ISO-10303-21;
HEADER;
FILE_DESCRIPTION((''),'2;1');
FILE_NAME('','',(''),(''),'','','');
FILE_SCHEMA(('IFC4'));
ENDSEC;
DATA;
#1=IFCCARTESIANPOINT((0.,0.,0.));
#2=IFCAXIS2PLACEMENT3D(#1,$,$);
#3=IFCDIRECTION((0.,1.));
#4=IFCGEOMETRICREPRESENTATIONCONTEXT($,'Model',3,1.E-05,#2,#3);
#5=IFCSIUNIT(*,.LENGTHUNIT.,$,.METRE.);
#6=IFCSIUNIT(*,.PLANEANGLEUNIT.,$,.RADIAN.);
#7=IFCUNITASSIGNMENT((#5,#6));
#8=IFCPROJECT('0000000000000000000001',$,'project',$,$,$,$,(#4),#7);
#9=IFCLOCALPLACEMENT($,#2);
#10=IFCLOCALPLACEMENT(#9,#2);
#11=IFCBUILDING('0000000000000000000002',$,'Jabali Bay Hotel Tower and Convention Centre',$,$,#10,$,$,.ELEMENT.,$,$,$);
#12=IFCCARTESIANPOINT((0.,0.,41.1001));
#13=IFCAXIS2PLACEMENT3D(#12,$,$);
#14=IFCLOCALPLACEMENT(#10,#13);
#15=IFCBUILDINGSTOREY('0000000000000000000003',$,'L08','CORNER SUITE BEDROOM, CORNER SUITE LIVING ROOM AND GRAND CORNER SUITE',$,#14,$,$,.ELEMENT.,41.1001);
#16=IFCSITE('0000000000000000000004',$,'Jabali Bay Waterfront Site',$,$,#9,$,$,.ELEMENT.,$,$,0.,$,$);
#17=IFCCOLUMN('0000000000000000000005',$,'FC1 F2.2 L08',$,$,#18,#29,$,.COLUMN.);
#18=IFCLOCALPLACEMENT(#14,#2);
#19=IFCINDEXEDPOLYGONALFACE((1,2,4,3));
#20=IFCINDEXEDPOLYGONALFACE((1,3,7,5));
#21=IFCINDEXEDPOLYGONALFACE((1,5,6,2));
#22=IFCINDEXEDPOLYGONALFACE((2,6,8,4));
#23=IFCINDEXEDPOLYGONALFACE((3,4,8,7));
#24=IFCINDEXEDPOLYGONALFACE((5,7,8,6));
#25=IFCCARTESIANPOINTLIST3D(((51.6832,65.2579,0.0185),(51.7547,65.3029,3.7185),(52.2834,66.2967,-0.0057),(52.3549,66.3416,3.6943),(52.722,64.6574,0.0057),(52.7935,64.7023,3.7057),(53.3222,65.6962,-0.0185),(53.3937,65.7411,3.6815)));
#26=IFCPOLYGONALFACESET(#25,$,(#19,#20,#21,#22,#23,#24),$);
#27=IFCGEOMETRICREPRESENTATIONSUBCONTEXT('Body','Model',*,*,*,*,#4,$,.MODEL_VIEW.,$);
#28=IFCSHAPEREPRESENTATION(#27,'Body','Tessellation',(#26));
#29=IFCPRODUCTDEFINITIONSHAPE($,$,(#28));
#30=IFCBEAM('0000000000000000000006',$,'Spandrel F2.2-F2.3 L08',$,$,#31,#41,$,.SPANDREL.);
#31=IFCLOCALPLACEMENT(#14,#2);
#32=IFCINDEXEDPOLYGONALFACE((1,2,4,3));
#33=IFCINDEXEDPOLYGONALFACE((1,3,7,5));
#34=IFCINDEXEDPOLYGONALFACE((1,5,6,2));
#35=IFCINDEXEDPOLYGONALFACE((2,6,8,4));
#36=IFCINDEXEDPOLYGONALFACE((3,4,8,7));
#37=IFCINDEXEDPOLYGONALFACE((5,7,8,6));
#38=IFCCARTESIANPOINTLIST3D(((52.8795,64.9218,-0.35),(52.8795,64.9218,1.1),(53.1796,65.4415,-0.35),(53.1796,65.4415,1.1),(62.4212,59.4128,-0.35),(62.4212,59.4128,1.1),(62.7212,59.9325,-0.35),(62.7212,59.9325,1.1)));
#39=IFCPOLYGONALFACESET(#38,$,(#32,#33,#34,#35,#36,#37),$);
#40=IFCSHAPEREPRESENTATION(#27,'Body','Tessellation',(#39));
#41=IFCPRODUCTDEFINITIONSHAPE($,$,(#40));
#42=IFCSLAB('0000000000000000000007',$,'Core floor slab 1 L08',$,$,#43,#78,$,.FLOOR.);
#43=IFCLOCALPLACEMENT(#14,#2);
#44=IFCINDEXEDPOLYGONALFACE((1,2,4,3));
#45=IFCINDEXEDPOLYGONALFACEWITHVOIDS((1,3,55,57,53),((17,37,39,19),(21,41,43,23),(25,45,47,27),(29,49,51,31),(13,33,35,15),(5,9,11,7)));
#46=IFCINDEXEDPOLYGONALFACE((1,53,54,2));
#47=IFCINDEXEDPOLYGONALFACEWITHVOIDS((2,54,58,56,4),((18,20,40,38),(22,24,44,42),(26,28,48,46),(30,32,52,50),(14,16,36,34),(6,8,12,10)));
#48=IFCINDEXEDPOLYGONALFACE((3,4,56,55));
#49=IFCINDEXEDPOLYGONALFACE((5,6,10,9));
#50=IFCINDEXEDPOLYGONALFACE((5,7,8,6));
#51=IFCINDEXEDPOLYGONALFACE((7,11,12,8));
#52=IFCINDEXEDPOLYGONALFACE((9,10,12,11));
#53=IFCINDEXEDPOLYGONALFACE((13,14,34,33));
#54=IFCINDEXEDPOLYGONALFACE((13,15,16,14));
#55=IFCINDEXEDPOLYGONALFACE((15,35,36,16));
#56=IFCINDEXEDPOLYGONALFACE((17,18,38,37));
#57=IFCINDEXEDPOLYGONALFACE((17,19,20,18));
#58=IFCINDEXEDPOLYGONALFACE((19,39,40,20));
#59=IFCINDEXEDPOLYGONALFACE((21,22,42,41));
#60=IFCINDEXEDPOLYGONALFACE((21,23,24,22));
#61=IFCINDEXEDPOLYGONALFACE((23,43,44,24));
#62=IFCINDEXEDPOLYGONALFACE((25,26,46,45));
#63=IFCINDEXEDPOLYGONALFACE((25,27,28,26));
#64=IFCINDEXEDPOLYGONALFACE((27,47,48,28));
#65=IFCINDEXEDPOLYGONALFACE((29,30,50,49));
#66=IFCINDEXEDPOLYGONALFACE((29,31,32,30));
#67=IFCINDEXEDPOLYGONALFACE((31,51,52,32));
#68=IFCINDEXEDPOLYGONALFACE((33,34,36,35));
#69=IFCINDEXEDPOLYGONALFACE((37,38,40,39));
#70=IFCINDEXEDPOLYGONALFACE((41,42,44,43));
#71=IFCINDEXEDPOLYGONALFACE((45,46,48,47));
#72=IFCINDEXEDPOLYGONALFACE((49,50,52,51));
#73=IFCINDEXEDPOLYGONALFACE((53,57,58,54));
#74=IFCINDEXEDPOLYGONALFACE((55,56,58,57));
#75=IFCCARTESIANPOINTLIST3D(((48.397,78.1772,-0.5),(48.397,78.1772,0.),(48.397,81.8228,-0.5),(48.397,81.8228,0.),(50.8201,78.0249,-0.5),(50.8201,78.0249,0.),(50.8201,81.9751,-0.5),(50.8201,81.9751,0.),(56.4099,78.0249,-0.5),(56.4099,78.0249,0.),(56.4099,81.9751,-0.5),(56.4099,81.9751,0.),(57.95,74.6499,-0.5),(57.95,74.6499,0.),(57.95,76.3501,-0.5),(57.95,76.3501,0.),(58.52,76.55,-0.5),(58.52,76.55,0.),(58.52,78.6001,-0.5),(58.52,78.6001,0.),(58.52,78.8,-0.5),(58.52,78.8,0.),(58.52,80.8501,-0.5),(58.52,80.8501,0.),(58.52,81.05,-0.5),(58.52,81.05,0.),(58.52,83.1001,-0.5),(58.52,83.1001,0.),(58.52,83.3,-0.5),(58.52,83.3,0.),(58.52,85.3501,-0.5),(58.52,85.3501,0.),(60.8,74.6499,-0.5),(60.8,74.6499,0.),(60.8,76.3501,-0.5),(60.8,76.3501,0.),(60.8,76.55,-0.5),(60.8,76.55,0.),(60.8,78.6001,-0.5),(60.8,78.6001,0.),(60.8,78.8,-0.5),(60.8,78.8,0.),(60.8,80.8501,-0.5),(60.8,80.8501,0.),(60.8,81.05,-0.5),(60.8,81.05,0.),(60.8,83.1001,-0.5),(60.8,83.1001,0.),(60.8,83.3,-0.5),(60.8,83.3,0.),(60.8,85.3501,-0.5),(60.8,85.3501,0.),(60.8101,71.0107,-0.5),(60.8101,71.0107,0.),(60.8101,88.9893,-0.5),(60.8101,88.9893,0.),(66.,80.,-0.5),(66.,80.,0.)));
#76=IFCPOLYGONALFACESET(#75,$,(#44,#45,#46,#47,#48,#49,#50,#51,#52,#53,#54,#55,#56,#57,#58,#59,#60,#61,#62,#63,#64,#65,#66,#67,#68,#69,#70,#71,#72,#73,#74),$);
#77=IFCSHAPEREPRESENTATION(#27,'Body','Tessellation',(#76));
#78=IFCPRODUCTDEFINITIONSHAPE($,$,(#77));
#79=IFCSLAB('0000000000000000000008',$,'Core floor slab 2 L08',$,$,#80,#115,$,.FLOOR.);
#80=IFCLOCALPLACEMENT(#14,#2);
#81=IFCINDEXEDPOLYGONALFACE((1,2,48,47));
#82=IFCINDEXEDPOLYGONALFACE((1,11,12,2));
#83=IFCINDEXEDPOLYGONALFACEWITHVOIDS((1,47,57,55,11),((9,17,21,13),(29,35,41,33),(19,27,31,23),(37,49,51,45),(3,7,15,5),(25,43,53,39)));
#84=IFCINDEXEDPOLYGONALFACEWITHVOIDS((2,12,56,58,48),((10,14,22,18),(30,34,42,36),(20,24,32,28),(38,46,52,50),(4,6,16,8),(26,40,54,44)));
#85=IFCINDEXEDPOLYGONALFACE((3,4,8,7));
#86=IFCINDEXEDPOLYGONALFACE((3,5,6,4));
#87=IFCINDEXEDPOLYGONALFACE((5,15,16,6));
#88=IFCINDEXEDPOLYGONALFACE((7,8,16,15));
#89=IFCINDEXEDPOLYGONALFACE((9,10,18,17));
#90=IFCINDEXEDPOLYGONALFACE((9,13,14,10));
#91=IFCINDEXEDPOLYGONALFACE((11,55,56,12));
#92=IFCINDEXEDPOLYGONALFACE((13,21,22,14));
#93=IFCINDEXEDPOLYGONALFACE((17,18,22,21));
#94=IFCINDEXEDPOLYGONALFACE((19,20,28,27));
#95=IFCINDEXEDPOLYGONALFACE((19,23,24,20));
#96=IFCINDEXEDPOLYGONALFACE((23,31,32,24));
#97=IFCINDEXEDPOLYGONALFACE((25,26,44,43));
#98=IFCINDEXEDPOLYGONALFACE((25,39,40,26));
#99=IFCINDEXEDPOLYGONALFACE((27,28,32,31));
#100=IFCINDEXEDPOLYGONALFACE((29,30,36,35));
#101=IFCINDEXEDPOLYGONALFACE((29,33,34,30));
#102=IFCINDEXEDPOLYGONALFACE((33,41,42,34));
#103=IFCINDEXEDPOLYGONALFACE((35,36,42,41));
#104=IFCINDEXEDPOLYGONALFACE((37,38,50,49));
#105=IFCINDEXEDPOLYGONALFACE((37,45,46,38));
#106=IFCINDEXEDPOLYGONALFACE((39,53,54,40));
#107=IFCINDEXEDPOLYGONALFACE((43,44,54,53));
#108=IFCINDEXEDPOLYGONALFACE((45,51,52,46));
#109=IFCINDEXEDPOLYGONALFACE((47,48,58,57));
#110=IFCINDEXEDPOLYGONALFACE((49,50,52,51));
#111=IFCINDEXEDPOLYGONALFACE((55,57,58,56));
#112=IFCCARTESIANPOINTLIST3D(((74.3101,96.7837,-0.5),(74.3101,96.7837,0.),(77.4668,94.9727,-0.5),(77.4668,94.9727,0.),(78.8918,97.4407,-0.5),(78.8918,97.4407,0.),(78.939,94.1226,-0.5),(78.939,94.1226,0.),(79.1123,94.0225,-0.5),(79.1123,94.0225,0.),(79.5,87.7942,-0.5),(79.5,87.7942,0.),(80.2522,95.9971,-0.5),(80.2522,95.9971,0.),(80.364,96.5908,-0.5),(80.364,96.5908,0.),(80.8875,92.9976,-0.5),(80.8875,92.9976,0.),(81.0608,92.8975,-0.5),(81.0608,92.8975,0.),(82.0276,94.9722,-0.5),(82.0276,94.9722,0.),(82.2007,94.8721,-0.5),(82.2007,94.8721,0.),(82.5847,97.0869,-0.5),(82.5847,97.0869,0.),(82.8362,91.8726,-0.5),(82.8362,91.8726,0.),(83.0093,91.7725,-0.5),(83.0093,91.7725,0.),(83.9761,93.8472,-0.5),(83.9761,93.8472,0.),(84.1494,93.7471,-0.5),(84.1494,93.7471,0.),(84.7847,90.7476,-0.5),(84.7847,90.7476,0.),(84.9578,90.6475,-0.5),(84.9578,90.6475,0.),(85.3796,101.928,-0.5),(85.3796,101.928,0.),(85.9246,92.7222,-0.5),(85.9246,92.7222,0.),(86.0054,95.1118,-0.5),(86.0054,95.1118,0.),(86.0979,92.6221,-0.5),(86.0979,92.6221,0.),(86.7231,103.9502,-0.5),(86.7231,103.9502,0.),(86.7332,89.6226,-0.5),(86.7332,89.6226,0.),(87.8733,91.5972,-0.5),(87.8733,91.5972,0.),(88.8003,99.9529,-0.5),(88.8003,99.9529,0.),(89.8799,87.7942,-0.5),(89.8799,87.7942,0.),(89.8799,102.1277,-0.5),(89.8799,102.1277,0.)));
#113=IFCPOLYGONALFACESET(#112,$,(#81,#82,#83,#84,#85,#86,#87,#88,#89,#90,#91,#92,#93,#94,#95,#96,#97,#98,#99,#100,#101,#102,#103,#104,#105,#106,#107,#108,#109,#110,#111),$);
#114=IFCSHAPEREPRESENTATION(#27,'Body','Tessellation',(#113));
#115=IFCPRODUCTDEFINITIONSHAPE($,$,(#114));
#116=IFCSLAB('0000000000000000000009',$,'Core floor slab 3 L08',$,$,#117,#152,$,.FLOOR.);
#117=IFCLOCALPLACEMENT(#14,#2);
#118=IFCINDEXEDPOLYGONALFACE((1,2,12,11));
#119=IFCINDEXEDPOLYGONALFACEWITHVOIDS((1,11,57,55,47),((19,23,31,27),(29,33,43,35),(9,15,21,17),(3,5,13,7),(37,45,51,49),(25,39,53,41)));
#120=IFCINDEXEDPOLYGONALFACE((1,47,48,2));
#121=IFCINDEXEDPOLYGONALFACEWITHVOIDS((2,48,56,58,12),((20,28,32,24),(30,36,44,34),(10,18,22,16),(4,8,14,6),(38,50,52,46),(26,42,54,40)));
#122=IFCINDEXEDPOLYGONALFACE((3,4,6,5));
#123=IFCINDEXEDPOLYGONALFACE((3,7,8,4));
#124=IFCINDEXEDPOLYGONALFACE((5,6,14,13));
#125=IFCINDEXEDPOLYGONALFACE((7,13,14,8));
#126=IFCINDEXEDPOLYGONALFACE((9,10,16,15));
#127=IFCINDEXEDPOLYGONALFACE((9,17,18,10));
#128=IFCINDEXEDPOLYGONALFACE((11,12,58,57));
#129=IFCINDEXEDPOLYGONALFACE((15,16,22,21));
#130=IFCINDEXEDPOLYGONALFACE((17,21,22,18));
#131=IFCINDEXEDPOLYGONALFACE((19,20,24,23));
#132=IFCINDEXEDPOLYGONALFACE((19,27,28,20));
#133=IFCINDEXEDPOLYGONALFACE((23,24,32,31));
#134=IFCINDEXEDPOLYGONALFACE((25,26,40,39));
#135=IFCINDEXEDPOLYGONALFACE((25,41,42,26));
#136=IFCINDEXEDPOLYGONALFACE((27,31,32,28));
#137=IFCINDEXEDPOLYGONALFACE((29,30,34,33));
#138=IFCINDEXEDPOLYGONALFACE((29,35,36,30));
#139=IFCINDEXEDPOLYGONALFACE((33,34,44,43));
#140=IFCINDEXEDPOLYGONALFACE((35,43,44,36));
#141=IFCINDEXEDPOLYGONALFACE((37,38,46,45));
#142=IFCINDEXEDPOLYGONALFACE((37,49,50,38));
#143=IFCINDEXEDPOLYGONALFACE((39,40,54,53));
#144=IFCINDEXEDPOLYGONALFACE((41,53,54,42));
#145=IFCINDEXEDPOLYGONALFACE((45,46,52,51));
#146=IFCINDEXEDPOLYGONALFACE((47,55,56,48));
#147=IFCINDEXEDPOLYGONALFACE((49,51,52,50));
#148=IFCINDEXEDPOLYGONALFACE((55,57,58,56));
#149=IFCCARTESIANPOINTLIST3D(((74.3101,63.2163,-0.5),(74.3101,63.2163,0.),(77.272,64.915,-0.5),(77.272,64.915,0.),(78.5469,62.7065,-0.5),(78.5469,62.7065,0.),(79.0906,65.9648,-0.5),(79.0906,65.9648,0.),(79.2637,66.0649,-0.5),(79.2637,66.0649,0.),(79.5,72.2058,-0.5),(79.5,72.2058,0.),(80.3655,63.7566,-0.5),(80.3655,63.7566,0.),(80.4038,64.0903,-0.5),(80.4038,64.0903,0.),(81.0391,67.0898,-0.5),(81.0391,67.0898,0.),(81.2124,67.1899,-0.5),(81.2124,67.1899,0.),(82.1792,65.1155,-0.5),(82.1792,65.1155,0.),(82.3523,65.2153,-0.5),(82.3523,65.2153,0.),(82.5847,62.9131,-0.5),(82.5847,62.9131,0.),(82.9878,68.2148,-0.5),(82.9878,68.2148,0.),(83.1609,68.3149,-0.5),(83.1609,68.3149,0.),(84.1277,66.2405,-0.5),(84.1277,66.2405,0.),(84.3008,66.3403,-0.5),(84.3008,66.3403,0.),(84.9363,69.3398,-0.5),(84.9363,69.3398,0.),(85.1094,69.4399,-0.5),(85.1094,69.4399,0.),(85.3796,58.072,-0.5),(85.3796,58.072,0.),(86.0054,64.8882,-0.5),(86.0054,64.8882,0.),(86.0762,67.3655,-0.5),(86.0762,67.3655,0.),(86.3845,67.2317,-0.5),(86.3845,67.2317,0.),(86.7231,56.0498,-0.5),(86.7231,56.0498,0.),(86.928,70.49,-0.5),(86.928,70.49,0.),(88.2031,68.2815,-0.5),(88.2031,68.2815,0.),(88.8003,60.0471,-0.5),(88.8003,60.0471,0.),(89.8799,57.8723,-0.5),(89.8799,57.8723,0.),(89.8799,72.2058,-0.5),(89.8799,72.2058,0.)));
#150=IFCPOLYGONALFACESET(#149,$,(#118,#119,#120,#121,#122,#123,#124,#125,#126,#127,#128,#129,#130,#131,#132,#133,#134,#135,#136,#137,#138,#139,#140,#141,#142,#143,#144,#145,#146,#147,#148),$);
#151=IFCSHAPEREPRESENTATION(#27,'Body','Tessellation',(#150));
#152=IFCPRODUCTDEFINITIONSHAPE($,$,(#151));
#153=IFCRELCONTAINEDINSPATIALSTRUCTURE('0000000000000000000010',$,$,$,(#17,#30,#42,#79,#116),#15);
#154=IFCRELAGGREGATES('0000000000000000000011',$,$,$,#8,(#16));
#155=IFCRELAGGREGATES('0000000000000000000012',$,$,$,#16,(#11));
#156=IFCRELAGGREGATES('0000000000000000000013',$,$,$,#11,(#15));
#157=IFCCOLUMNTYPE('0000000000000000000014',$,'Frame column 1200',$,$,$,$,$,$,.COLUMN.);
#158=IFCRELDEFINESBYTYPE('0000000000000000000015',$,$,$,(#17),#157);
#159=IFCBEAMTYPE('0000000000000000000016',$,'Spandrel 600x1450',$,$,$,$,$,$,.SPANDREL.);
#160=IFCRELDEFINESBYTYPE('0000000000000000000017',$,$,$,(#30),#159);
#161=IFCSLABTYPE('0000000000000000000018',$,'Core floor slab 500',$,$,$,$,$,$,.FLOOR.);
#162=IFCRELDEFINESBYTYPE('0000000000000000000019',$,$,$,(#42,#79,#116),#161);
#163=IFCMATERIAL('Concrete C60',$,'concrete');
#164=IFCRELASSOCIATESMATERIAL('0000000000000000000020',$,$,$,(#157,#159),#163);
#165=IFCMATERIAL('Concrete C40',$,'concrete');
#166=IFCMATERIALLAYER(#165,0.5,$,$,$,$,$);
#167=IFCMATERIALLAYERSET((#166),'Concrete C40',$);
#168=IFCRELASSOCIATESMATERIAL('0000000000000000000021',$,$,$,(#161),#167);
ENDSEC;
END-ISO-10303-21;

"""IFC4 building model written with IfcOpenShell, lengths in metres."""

from ifc_helpers import new_model, si_unit, direction, frame, origin, origin_2d, place, context, subcontext, project, spatial, polyline, rectangle, outline, extrude, material, layer, layer_set, material_profile, profile_set, type_object, element, save


model = new_model("IFC4")

# Units and contexts
model_context = context("Model", 3, precision=1e-05, world=origin(), true_north=direction((0.0, 1.0)))
body_context = subcontext(model_context, "Body", "Model", "MODEL_VIEW")
ifc_project = project(units=[si_unit("LENGTHUNIT", "METRE"), si_unit("PLANEANGLEUNIT", "RADIAN")], contexts=[model_context])

# Site, building, storey
site_placement = place(None, origin())
site = spatial("IfcSite", under=ifc_project, at=site_placement, Name="Jabali Bay Waterfront Site", CompositionType="ELEMENT", RefElevation=0.0)
building_placement = place(site_placement, origin())
building = spatial("IfcBuilding", under=site, at=building_placement, Name="Jabali Bay Hotel Tower and Convention Centre", CompositionType="ELEMENT")
storey_placement = place(building_placement, frame((0.0, 0.0, 41.1001)))
storey = spatial("IfcBuildingStorey", under=building, at=storey_placement, Name="L08", Description="CORNER SUITE BEDROOM, CORNER SUITE LIVING ROOM AND GRAND CORNER SUITE", CompositionType="ELEMENT", Elevation=41.1001)

# Column
ifc_material_1 = material(Name="Concrete C60", Category="concrete")
ifc_material_profile_1 = material_profile(ifc_material_1, rectangle(XDim=1.2, YDim=1.2, at=origin_2d()), Name="Frame column 1200")
ifc_profile_set_1 = profile_set([ifc_material_profile_1], Name="Concrete C60")
column_type = type_object("IfcColumnType", Name="Frame column 1200", PredefinedType="COLUMN", material=ifc_profile_set_1)
column_placement = place(storey_placement, frame((52.5027, 65.4771, 0.0), z_axis=(0.019329, 0.012138, 0.99974), x_axis=(-0.865694, 0.50046, 0.010661)))
element("IfcColumn", 1, at=column_placement, inside=storey, type_object=column_type, Name="FC1 F2.2 L08", PredefinedType="COLUMN", context=body_context, shape_type="SweptSolid", body=[
    extrude(rectangle(XDim=1.2, YDim=1.2, at=origin_2d()), origin(), (0.0, 0.0, 1.0), 3.7009),
])

# Beam
ifc_material_profile_2 = material_profile(ifc_material_1, rectangle(XDim=0.6001, YDim=1.45, at=origin_2d()), Name="Spandrel 600x1450")
ifc_profile_set_2 = profile_set([ifc_material_profile_2], Name="Concrete C60")
beam_type = type_object("IfcBeamType", Name="Spandrel 600x1450", PredefinedType="SPANDREL", material=ifc_profile_set_2)
beam_placement = place(storey_placement, frame((53.0295, 65.1816, 0.375), z_axis=(0.866021, -0.500007, 0.0), x_axis=(0.500007, 0.866021, 0.0)))
element("IfcBeam", 2, at=beam_placement, inside=storey, type_object=beam_type, Name="Spandrel F2.2-F2.3 L08", PredefinedType="SPANDREL", context=body_context, shape_type="SweptSolid", body=[
    extrude(rectangle(XDim=0.6001, YDim=1.45, at=origin_2d()), origin(), (0.0, 0.0, 1.0), 11.0178),
])

# Slabs
ifc_material_2 = material(Name="Concrete C40", Category="concrete")
ifc_layer_1 = layer(ifc_material_2, 0.5)
ifc_layer_set_1 = layer_set([ifc_layer_1], Name="Concrete C40")
slab_type_1 = type_object("IfcSlabType", Name="Core floor slab 500", PredefinedType="FLOOR", material=ifc_layer_set_1)
slab_1_placement = place(storey_placement, frame((0.0, 0.0, -0.5)))
element("IfcSlab", 3, at=slab_1_placement, inside=storey, type_object=slab_type_1, Name="Core floor slab 1 L08", PredefinedType="FLOOR", context=body_context, shape_type="SweptSolid", body=[
    extrude(outline(polyline([(66.0, 80.0), (60.8101, 88.9893), (48.397, 81.8228), (48.397, 78.1772), (60.8101, 71.0107), (66.0, 80.0)]), holes=[polyline([(60.8, 74.6499), (60.8, 76.3501), (57.95, 76.3501), (57.95, 74.6499), (60.8, 74.6499)]), polyline([(58.52, 76.55), (60.8, 76.55), (60.8, 78.6001), (58.52, 78.6001), (58.52, 76.55)]), polyline([(58.52, 78.8), (60.8, 78.8), (60.8, 80.8501), (58.52, 80.8501), (58.52, 78.8)]), polyline([(56.4099, 81.9751), (50.8201, 81.9751), (50.8201, 78.0249), (56.4099, 78.0249), (56.4099, 81.9751)]), polyline([(58.52, 81.05), (60.8, 81.05), (60.8, 83.1001), (58.52, 83.1001), (58.52, 81.05)]), polyline([(58.52, 83.3), (60.8, 83.3), (60.8, 85.3501), (58.52, 85.3501), (58.52, 83.3)])]), origin(), (0.0, 0.0, 1.0), 0.5),
])
slab_2_placement = place(storey_placement, frame((0.0, 0.0, -0.5)))
element("IfcSlab", 4, at=slab_2_placement, inside=storey, type_object=slab_type_1, Name="Core floor slab 2 L08", PredefinedType="FLOOR", context=body_context, shape_type="SweptSolid", body=[
    extrude(outline(polyline([(79.5, 87.7942), (89.8799, 87.7942), (89.8799, 102.1277), (86.7231, 103.9502), (74.3101, 96.7837), (79.5, 87.7942)]), holes=[polyline([(84.9578, 90.6475), (86.7332, 89.6226), (87.8733, 91.5972), (86.0979, 92.6221), (84.9578, 90.6475)]), polyline([(84.1494, 93.7471), (83.0093, 91.7725), (84.7847, 90.7476), (85.9246, 92.7222), (84.1494, 93.7471)]), polyline([(82.2007, 94.8721), (81.0608, 92.8975), (82.8362, 91.8726), (83.9761, 93.8472), (82.2007, 94.8721)]), polyline([(79.1123, 94.0225), (80.8875, 92.9976), (82.0276, 94.9722), (80.2522, 95.9971), (79.1123, 94.0225)]), polyline([(78.8918, 97.4407), (77.4668, 94.9727), (78.939, 94.1226), (80.364, 96.5908), (78.8918, 97.4407)]), polyline([(82.5847, 97.0869), (86.0054, 95.1118), (88.8003, 99.9529), (85.3796, 101.928), (82.5847, 97.0869)])]), origin(), (0.0, 0.0, 1.0), 0.5),
])
slab_3_placement = place(storey_placement, frame((0.0, 0.0, -0.5)))
element("IfcSlab", 5, at=slab_3_placement, inside=storey, type_object=slab_type_1, Name="Core floor slab 3 L08", PredefinedType="FLOOR", context=body_context, shape_type="SweptSolid", body=[
    extrude(outline(polyline([(79.5, 72.2058), (74.3101, 63.2163), (86.7231, 56.0498), (89.8799, 57.8723), (89.8799, 72.2058), (79.5, 72.2058)]), holes=[polyline([(82.5847, 62.9131), (85.3796, 58.072), (88.8003, 60.0471), (86.0054, 64.8882), (82.5847, 62.9131)]), polyline([(80.3655, 63.7566), (79.0906, 65.9648), (77.272, 64.915), (78.5469, 62.7065), (80.3655, 63.7566)]), polyline([(82.1792, 65.1155), (81.0391, 67.0898), (79.2637, 66.0649), (80.4038, 64.0903), (82.1792, 65.1155)]), polyline([(82.9878, 68.2148), (81.2124, 67.1899), (82.3523, 65.2153), (84.1277, 66.2405), (82.9878, 68.2148)]), polyline([(86.0762, 67.3655), (84.9363, 69.3398), (83.1609, 68.3149), (84.3008, 66.3403), (86.0762, 67.3655)]), polyline([(88.2031, 68.2815), (86.928, 70.49), (85.1094, 69.4399), (86.3845, 67.2317), (88.2031, 68.2815)])]), origin(), (0.0, 0.0, 1.0), 0.5),
])

save(model, "model.ifc")
